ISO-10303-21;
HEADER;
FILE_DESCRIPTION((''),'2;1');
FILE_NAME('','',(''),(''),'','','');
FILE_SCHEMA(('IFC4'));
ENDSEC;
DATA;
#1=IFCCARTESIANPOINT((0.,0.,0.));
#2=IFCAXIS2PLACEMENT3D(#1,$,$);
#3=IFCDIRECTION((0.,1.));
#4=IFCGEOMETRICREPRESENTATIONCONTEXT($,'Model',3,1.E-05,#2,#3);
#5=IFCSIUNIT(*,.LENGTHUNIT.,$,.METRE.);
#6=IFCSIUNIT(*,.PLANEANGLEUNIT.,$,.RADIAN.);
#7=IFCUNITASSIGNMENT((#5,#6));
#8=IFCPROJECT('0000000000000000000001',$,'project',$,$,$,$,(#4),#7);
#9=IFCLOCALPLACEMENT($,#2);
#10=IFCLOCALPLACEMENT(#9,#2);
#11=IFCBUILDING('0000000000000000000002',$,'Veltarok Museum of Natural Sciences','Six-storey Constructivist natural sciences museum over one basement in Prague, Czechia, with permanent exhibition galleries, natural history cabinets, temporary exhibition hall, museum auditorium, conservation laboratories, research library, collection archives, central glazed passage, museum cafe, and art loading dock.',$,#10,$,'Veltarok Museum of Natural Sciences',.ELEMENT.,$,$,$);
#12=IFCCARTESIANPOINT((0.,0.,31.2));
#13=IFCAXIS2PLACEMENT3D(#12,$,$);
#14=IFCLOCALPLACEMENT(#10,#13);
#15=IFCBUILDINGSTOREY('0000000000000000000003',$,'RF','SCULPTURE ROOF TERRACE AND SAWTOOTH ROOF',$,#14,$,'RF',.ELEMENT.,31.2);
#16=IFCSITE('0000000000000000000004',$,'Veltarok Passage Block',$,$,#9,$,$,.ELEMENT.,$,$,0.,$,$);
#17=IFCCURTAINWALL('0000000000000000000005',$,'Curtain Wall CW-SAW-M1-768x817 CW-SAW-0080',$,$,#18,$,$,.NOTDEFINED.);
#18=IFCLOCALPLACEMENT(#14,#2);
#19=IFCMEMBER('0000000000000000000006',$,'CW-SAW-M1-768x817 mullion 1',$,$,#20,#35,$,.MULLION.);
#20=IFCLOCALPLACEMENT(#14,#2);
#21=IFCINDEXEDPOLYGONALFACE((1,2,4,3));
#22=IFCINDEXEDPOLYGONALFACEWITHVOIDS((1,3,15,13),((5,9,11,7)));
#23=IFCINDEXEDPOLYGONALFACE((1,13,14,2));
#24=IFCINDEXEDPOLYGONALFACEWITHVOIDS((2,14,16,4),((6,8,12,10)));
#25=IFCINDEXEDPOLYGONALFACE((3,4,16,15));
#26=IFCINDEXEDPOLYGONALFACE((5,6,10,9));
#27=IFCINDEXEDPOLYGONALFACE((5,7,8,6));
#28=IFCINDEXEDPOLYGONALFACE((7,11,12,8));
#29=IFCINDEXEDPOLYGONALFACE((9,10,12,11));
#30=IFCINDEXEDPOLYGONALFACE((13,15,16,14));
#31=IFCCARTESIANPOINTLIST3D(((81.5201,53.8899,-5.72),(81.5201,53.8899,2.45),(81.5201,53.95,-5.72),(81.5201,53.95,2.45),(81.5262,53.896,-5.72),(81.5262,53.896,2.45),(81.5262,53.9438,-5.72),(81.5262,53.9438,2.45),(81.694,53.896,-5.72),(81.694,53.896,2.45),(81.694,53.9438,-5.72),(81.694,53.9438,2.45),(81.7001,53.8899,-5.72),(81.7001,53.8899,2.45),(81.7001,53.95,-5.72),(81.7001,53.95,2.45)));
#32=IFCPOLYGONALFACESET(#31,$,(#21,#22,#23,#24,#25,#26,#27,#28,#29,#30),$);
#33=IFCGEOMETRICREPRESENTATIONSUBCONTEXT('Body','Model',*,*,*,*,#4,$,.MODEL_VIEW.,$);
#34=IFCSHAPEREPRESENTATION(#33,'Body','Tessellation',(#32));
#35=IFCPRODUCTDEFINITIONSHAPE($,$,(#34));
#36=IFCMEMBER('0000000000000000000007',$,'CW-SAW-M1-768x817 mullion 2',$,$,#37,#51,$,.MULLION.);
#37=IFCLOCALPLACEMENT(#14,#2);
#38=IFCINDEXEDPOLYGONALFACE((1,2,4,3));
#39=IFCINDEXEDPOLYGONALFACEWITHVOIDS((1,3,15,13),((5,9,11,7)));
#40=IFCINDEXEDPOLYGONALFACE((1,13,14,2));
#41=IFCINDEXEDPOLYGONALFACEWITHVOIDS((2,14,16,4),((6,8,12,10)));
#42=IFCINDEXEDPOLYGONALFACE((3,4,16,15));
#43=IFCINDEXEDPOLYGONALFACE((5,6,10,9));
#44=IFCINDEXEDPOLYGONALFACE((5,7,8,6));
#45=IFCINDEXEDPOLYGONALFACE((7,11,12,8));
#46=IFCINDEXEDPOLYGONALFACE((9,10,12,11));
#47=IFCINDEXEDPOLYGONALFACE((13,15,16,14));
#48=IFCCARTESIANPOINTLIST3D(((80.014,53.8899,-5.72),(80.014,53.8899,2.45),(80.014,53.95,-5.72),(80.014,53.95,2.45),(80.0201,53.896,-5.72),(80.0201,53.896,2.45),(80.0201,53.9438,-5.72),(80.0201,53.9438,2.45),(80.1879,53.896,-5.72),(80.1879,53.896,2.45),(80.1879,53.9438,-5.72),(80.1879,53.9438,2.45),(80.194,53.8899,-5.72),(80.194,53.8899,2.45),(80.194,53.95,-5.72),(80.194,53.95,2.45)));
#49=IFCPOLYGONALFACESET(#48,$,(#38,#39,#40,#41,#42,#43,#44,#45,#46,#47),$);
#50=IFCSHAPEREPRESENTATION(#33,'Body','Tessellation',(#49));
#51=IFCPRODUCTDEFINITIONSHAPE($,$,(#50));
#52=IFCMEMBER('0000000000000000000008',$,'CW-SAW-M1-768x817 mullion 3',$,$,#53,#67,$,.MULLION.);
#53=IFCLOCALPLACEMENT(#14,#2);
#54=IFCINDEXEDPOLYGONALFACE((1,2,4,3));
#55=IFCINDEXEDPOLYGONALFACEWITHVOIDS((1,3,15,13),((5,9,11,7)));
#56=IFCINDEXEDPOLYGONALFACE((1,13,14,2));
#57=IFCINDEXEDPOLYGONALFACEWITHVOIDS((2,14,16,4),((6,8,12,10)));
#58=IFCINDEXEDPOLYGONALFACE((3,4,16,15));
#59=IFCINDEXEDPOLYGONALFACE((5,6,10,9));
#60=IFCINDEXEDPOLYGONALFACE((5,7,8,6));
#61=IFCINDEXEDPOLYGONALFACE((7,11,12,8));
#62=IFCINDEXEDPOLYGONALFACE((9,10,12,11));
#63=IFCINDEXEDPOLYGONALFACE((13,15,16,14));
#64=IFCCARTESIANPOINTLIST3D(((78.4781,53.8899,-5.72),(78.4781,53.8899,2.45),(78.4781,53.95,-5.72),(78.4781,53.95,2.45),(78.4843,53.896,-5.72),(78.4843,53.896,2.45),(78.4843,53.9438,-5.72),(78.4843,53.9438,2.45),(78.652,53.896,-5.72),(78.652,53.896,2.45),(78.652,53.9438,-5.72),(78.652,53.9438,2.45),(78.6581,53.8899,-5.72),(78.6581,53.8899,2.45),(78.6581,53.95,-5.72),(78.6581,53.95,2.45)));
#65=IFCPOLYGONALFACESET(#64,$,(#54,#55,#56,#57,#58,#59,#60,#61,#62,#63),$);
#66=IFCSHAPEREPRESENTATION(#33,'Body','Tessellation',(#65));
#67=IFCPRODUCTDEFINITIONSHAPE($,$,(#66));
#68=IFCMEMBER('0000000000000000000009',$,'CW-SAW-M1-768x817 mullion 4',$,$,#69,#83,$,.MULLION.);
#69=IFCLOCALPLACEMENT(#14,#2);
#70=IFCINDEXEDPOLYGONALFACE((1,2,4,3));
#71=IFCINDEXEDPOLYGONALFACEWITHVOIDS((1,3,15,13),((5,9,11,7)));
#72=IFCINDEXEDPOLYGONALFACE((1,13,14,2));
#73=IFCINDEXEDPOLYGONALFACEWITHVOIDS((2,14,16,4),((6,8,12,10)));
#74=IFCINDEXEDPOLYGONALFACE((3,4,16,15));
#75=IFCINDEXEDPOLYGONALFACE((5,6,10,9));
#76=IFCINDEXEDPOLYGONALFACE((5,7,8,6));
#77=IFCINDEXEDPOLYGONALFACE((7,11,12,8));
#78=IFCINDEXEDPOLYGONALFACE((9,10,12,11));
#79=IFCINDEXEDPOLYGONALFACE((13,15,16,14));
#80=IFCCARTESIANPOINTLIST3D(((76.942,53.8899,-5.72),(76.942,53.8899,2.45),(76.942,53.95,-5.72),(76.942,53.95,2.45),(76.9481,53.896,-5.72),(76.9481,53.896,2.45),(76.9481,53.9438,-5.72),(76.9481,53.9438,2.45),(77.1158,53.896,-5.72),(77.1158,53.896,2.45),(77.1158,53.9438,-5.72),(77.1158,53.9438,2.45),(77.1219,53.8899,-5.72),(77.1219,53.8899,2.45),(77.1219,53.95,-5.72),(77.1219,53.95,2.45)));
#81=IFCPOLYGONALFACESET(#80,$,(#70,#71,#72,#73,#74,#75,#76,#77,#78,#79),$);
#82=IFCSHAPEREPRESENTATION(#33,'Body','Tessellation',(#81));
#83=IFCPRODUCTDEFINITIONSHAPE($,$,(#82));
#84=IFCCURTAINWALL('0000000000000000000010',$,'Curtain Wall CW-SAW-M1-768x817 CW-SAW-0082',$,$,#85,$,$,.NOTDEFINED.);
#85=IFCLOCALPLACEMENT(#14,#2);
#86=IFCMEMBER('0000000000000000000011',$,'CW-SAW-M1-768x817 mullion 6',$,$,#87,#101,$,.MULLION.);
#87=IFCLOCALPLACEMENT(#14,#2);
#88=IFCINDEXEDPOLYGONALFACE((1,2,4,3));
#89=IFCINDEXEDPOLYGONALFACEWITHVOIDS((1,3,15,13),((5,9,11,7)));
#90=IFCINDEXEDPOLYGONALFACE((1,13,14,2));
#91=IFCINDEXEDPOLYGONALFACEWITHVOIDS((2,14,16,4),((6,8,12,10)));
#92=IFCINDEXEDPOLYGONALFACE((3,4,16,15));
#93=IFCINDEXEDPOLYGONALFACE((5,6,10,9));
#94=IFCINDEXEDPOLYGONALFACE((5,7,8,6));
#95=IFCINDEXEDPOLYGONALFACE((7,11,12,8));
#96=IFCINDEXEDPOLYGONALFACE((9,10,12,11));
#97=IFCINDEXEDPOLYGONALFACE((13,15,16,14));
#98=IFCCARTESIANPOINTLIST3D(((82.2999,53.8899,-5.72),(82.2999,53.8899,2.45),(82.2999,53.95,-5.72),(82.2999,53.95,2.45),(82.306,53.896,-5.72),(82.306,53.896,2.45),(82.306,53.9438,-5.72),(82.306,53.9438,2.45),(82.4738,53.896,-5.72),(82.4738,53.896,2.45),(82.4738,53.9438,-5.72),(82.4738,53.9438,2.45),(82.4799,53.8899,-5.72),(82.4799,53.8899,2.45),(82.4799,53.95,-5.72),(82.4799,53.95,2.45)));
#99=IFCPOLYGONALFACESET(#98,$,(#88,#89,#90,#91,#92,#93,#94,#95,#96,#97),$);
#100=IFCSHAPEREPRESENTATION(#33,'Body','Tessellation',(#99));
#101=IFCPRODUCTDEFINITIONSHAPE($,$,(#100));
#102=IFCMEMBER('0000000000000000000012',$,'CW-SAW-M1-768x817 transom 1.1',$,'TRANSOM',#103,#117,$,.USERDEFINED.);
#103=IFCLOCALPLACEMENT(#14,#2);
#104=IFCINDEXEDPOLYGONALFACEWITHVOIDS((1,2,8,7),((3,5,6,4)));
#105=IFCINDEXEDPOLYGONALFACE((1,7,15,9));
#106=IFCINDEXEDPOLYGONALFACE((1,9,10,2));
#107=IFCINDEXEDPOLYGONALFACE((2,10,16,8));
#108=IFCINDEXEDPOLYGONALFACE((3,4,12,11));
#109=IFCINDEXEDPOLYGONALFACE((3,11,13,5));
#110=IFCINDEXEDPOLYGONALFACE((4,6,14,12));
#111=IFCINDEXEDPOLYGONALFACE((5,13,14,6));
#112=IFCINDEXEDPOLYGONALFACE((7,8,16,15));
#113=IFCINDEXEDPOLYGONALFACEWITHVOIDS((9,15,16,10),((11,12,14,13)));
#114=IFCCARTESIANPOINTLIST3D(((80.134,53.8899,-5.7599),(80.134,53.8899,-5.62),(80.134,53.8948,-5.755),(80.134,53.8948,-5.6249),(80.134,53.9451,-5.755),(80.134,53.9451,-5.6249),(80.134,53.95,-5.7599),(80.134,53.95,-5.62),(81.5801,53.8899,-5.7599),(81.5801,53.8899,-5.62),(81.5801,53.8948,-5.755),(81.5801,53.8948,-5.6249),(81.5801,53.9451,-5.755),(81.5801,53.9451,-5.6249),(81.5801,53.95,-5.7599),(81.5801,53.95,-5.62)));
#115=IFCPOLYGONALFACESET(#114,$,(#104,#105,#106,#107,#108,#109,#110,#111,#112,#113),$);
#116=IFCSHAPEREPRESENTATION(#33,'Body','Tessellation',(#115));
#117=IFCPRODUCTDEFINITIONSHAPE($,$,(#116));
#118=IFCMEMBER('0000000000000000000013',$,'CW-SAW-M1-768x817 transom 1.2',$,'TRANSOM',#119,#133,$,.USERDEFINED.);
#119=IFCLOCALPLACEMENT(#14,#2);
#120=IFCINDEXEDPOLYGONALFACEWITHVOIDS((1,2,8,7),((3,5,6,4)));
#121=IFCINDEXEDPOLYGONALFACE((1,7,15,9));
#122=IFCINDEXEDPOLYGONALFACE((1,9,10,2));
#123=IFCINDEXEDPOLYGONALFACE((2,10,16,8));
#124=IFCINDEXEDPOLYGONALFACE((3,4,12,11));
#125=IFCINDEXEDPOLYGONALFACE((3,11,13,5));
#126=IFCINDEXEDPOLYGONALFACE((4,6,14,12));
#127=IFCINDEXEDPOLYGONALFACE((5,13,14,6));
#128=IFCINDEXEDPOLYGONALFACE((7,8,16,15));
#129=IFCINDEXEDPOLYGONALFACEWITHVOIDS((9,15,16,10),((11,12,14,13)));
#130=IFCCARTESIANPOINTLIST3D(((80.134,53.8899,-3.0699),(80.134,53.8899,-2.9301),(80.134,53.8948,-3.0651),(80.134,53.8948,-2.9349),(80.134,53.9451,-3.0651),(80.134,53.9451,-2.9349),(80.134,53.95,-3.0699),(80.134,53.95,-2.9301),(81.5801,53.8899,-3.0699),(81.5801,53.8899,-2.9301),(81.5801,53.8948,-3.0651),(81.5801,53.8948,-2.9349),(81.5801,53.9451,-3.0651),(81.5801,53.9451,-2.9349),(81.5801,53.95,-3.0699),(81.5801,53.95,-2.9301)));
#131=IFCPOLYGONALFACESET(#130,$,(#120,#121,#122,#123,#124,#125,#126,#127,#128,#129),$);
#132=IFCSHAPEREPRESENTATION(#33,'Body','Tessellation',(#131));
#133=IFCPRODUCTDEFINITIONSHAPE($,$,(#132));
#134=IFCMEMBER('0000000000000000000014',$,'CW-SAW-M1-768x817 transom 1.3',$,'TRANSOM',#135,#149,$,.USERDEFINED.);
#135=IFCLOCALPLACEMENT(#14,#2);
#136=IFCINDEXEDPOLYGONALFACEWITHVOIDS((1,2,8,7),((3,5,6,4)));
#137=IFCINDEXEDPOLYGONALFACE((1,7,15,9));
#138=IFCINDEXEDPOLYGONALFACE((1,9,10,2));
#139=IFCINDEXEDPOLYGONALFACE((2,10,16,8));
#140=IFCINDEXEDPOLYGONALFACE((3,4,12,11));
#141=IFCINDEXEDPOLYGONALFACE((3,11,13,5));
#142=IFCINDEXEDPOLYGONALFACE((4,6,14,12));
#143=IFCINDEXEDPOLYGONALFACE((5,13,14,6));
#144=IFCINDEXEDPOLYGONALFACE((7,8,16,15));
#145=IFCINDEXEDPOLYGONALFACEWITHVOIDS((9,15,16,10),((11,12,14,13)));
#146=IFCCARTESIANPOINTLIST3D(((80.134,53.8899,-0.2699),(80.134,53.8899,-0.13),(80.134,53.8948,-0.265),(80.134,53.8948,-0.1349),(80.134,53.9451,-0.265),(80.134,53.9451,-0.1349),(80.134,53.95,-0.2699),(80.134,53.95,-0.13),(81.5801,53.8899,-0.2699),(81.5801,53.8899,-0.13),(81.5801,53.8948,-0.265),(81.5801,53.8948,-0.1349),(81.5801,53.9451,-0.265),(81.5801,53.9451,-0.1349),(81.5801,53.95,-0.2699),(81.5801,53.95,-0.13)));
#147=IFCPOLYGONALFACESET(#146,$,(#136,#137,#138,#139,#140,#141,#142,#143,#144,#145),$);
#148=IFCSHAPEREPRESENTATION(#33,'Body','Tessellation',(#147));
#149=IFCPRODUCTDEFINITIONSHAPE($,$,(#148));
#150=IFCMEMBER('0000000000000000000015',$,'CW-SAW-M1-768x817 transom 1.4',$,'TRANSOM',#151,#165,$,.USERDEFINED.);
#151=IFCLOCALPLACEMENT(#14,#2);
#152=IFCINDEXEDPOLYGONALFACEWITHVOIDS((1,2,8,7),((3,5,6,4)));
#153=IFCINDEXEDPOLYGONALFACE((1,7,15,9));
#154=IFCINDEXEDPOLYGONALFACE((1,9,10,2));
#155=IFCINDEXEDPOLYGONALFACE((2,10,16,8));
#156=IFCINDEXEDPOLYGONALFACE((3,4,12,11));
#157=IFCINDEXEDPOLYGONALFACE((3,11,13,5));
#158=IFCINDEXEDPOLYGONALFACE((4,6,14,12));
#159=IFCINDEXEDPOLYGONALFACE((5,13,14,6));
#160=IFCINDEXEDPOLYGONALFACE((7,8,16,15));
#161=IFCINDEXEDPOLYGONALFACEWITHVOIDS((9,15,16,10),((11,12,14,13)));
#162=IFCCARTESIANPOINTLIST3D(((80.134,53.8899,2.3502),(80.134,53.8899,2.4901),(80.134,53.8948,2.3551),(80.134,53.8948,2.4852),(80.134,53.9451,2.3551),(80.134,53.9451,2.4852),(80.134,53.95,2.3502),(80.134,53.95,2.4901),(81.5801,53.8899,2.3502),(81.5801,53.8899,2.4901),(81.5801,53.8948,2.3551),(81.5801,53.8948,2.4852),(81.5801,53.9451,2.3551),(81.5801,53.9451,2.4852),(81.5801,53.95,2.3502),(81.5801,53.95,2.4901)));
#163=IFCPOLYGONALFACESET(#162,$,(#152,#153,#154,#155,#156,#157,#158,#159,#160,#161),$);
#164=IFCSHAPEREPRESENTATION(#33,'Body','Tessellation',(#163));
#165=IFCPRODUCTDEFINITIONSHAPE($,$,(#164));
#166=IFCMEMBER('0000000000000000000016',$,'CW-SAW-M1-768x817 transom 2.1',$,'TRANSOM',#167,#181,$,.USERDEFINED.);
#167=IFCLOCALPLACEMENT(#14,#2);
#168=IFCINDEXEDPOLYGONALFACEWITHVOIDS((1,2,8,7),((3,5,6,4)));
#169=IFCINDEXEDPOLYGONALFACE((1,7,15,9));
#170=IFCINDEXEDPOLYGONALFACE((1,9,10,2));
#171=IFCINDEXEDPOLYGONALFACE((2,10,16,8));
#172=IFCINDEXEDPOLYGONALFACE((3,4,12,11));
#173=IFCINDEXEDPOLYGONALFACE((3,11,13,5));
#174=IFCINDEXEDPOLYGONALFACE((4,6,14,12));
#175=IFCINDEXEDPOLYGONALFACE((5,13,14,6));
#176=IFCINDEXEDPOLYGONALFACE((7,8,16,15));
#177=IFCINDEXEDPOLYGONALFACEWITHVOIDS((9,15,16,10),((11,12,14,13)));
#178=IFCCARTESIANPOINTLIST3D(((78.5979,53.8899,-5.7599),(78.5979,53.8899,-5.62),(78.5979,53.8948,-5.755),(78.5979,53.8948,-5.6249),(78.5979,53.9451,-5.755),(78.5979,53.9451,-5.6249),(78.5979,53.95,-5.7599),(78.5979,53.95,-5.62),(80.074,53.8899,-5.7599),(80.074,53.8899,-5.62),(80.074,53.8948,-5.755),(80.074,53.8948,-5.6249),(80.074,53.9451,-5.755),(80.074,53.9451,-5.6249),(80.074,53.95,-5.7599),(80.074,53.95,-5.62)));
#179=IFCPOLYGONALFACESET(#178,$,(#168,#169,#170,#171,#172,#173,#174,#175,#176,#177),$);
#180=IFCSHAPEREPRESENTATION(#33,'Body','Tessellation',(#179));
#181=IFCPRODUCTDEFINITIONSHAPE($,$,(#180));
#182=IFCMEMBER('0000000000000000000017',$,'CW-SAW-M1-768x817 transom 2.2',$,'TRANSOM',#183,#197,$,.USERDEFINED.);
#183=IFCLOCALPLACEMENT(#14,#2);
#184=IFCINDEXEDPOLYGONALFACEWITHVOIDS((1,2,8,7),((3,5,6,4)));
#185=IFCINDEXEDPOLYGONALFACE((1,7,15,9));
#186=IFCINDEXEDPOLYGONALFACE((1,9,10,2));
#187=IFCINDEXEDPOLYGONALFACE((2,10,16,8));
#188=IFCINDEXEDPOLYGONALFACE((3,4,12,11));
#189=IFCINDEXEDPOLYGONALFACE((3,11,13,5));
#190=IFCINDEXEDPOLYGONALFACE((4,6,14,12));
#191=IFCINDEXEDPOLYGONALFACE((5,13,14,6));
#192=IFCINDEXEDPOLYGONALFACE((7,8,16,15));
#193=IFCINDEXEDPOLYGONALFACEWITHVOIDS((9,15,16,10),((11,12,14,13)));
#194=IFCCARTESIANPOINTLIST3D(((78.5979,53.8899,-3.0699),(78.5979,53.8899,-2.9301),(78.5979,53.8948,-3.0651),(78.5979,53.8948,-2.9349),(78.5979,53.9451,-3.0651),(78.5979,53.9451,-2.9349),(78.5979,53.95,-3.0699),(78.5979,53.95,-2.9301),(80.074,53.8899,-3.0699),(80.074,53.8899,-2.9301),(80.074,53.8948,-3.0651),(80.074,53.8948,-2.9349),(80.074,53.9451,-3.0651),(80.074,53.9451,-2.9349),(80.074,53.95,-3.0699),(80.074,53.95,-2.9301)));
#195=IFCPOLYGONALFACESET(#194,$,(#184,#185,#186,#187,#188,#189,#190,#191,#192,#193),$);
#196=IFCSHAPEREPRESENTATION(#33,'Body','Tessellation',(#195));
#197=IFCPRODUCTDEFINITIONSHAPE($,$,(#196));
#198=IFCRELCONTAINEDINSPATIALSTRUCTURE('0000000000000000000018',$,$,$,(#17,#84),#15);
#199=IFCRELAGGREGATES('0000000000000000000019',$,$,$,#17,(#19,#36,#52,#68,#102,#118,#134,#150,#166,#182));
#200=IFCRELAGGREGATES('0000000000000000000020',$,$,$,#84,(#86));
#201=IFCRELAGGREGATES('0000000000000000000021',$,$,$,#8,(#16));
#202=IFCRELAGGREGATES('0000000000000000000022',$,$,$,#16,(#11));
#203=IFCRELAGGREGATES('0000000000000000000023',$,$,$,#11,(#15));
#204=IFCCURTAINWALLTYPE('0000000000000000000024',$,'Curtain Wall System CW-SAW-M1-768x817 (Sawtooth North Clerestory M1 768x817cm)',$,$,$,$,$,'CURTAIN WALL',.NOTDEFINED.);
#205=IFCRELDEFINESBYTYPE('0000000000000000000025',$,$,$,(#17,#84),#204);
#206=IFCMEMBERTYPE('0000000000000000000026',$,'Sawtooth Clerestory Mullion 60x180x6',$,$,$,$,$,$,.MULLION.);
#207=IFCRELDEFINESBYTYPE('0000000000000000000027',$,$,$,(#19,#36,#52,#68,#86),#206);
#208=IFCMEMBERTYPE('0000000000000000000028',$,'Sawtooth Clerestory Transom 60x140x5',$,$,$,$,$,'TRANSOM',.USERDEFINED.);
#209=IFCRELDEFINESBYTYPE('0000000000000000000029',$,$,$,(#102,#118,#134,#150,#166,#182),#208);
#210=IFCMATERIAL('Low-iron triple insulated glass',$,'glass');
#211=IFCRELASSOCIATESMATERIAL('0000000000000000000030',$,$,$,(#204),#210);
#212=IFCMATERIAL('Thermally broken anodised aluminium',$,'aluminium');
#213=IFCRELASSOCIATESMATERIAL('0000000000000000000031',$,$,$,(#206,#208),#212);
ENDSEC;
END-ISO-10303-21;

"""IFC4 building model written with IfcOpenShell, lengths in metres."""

from ifc_helpers import new_model, si_unit, direction, frame, origin, origin_2d, place, context, subcontext, project, spatial, hollow_rectangle, extrude, material, material_profile, profile_set, type_object, element, aggregate, save


model = new_model("IFC4")

# Units and contexts
model_context = context("Model", 3, precision=1e-05, world=origin(), true_north=direction((0.0, 1.0)))
body_context = subcontext(model_context, "Body", "Model", "MODEL_VIEW")
ifc_project = project(units=[si_unit("LENGTHUNIT", "METRE"), si_unit("PLANEANGLEUNIT", "RADIAN")], contexts=[model_context])

# Site, building, storey
site_placement = place(None, origin())
site = spatial("IfcSite", under=ifc_project, at=site_placement, Name="Veltarok Passage Block", CompositionType="ELEMENT", RefElevation=0.0)
building_placement = place(site_placement, origin())
building = spatial("IfcBuilding", under=site, at=building_placement, Name="Veltarok Museum of Natural Sciences", Description="Six-storey Constructivist natural sciences museum over one basement in Prague, Czechia, with permanent exhibition galleries, natural history cabinets, temporary exhibition hall, museum auditorium, conservation laboratories, research library, collection archives, central glazed passage, museum cafe, and art loading dock.", LongName="Veltarok Museum of Natural Sciences", CompositionType="ELEMENT")
storey_placement = place(building_placement, frame((0.0, 0.0, 31.2)))
storey = spatial("IfcBuildingStorey", under=building, at=storey_placement, Name="RF", Description="SCULPTURE ROOF TERRACE AND SAWTOOTH ROOF", LongName="RF", CompositionType="ELEMENT", Elevation=31.2)

# Curtain wall, members
ifc_material_1 = material(Name="Low-iron triple insulated glass", Category="glass")
curtain_wall_type = type_object("IfcCurtainWallType", Name="Curtain Wall System CW-SAW-M1-768x817 (Sawtooth North Clerestory M1 768x817cm)", ElementType="CURTAIN WALL", PredefinedType="NOTDEFINED", material=ifc_material_1)
curtain_wall_1_placement = place(storey_placement, origin())
curtain_wall_1 = element("IfcCurtainWall", 1, at=curtain_wall_1_placement, inside=storey, type_object=curtain_wall_type, Name="Curtain Wall CW-SAW-M1-768x817 CW-SAW-0080", PredefinedType="NOTDEFINED")
ifc_material_2 = material(Name="Thermally broken anodised aluminium", Category="aluminium")
ifc_material_profile_1 = material_profile(ifc_material_2, hollow_rectangle(XDim=0.0601, YDim=0.1799, WallThickness=0.0061, at=origin_2d()), Name="CW MULLION 60x180x6")
ifc_profile_set_1 = profile_set([ifc_material_profile_1], Name="Thermally broken anodised aluminium")
member_type_1 = type_object("IfcMemberType", Name="Sawtooth Clerestory Mullion 60x180x6", PredefinedType="MULLION", material=ifc_profile_set_1)
member_1_placement = place(storey_placement, frame((81.6101, 53.9199, -5.72), z_axis=(0.0, 0.0, 1.0), x_axis=(0.0, -1.0, 0.0)))
member_1 = element("IfcMember", 2, at=member_1_placement, type_object=member_type_1, Name="CW-SAW-M1-768x817 mullion 1", PredefinedType="MULLION", context=body_context, shape_type="SweptSolid", body=[
    extrude(hollow_rectangle(XDim=0.0601, YDim=0.1799, WallThickness=0.0061, at=origin_2d()), origin(), (0.0, 0.0, 1.0), 8.1699),
])
member_2_placement = place(storey_placement, frame((80.104, 53.9199, -5.72), z_axis=(0.0, 0.0, 1.0), x_axis=(0.0, -1.0, 0.0)))
member_2 = element("IfcMember", 3, at=member_2_placement, type_object=member_type_1, Name="CW-SAW-M1-768x817 mullion 2", PredefinedType="MULLION", context=body_context, shape_type="SweptSolid", body=[
    extrude(hollow_rectangle(XDim=0.0601, YDim=0.1799, WallThickness=0.0061, at=origin_2d()), origin(), (0.0, 0.0, 1.0), 8.1699),
])
member_3_placement = place(storey_placement, frame((78.5681, 53.9199, -5.72), z_axis=(0.0, 0.0, 1.0), x_axis=(0.0, -1.0, 0.0)))
member_3 = element("IfcMember", 4, at=member_3_placement, type_object=member_type_1, Name="CW-SAW-M1-768x817 mullion 3", PredefinedType="MULLION", context=body_context, shape_type="SweptSolid", body=[
    extrude(hollow_rectangle(XDim=0.0601, YDim=0.1799, WallThickness=0.0061, at=origin_2d()), origin(), (0.0, 0.0, 1.0), 8.1699),
])
member_4_placement = place(storey_placement, frame((77.032, 53.9199, -5.72), z_axis=(0.0, 0.0, 1.0), x_axis=(0.0, -1.0, 0.0)))
member_4 = element("IfcMember", 5, at=member_4_placement, type_object=member_type_1, Name="CW-SAW-M1-768x817 mullion 4", PredefinedType="MULLION", context=body_context, shape_type="SweptSolid", body=[
    extrude(hollow_rectangle(XDim=0.0601, YDim=0.1799, WallThickness=0.0061, at=origin_2d()), origin(), (0.0, 0.0, 1.0), 8.1699),
])

# Curtain wall, member
curtain_wall_2_placement = place(storey_placement, origin())
curtain_wall_2 = element("IfcCurtainWall", 6, at=curtain_wall_2_placement, inside=storey, type_object=curtain_wall_type, Name="Curtain Wall CW-SAW-M1-768x817 CW-SAW-0082", PredefinedType="NOTDEFINED")
member_5_placement = place(storey_placement, frame((82.3899, 53.9199, -5.72), z_axis=(0.0, 0.0, 1.0), x_axis=(0.0, -1.0, 0.0)))
member_5 = element("IfcMember", 7, at=member_5_placement, type_object=member_type_1, Name="CW-SAW-M1-768x817 mullion 6", PredefinedType="MULLION", context=body_context, shape_type="SweptSolid", body=[
    extrude(hollow_rectangle(XDim=0.0601, YDim=0.1799, WallThickness=0.0061, at=origin_2d()), origin(), (0.0, 0.0, 1.0), 8.1699),
])

# Members
ifc_material_profile_2 = material_profile(ifc_material_2, hollow_rectangle(XDim=0.0601, YDim=0.1399, WallThickness=0.0049, at=origin_2d()), Name="CW TRANSOM 60x140x5")
ifc_profile_set_2 = profile_set([ifc_material_profile_2], Name="Thermally broken anodised aluminium")
member_type_2 = type_object("IfcMemberType", Name="Sawtooth Clerestory Transom 60x140x5", ElementType="TRANSOM", PredefinedType="USERDEFINED", material=ifc_profile_set_2)
member_6_placement = place(storey_placement, frame((81.5801, 53.9199, -5.6899), z_axis=(-1.0, 0.0, 0.0), x_axis=(0.0, -1.0, 0.0)))
member_6 = element("IfcMember", 8, at=member_6_placement, type_object=member_type_2, Name="CW-SAW-M1-768x817 transom 1.1", ObjectType="TRANSOM", PredefinedType="USERDEFINED", context=body_context, shape_type="SweptSolid", body=[
    extrude(hollow_rectangle(XDim=0.0601, YDim=0.1399, WallThickness=0.0049, at=origin_2d()), origin(), (0.0, 0.0, 1.0), 1.446),
])
member_7_placement = place(storey_placement, frame((81.5801, 53.9199, -3.0), z_axis=(-1.0, 0.0, 0.0), x_axis=(0.0, -1.0, 0.0)))
member_7 = element("IfcMember", 9, at=member_7_placement, type_object=member_type_2, Name="CW-SAW-M1-768x817 transom 1.2", ObjectType="TRANSOM", PredefinedType="USERDEFINED", context=body_context, shape_type="SweptSolid", body=[
    extrude(hollow_rectangle(XDim=0.0601, YDim=0.1399, WallThickness=0.0049, at=origin_2d()), origin(), (0.0, 0.0, 1.0), 1.446),
])
member_8_placement = place(storey_placement, frame((81.5801, 53.9199, -0.2), z_axis=(-1.0, 0.0, 0.0), x_axis=(0.0, -1.0, 0.0)))
member_8 = element("IfcMember", 10, at=member_8_placement, type_object=member_type_2, Name="CW-SAW-M1-768x817 transom 1.3", ObjectType="TRANSOM", PredefinedType="USERDEFINED", context=body_context, shape_type="SweptSolid", body=[
    extrude(hollow_rectangle(XDim=0.0601, YDim=0.1399, WallThickness=0.0049, at=origin_2d()), origin(), (0.0, 0.0, 1.0), 1.446),
])
member_9_placement = place(storey_placement, frame((81.5801, 53.9199, 2.4202), z_axis=(-1.0, 0.0, 0.0), x_axis=(0.0, -1.0, 0.0)))
member_9 = element("IfcMember", 11, at=member_9_placement, type_object=member_type_2, Name="CW-SAW-M1-768x817 transom 1.4", ObjectType="TRANSOM", PredefinedType="USERDEFINED", context=body_context, shape_type="SweptSolid", body=[
    extrude(hollow_rectangle(XDim=0.0601, YDim=0.1399, WallThickness=0.0049, at=origin_2d()), origin(), (0.0, 0.0, 1.0), 1.446),
])
member_10_placement = place(storey_placement, frame((80.074, 53.9199, -5.6899), z_axis=(-1.0, 0.0, 0.0), x_axis=(0.0, -1.0, 0.0)))
member_10 = element("IfcMember", 12, at=member_10_placement, type_object=member_type_2, Name="CW-SAW-M1-768x817 transom 2.1", ObjectType="TRANSOM", PredefinedType="USERDEFINED", context=body_context, shape_type="SweptSolid", body=[
    extrude(hollow_rectangle(XDim=0.0601, YDim=0.1399, WallThickness=0.0049, at=origin_2d()), origin(), (0.0, 0.0, 1.0), 1.4761),
])
member_11_placement = place(storey_placement, frame((80.074, 53.9199, -3.0), z_axis=(-1.0, 0.0, 0.0), x_axis=(0.0, -1.0, 0.0)))
member_11 = element("IfcMember", 13, at=member_11_placement, type_object=member_type_2, Name="CW-SAW-M1-768x817 transom 2.2", ObjectType="TRANSOM", PredefinedType="USERDEFINED", context=body_context, shape_type="SweptSolid", body=[
    extrude(hollow_rectangle(XDim=0.0601, YDim=0.1399, WallThickness=0.0049, at=origin_2d()), origin(), (0.0, 0.0, 1.0), 1.4761),
])

aggregate(curtain_wall_1, [member_1, member_2, member_3, member_4, member_6, member_7, member_8, member_9, member_10, member_11])
aggregate(curtain_wall_2, [member_5])

save(model, "model.ifc")
